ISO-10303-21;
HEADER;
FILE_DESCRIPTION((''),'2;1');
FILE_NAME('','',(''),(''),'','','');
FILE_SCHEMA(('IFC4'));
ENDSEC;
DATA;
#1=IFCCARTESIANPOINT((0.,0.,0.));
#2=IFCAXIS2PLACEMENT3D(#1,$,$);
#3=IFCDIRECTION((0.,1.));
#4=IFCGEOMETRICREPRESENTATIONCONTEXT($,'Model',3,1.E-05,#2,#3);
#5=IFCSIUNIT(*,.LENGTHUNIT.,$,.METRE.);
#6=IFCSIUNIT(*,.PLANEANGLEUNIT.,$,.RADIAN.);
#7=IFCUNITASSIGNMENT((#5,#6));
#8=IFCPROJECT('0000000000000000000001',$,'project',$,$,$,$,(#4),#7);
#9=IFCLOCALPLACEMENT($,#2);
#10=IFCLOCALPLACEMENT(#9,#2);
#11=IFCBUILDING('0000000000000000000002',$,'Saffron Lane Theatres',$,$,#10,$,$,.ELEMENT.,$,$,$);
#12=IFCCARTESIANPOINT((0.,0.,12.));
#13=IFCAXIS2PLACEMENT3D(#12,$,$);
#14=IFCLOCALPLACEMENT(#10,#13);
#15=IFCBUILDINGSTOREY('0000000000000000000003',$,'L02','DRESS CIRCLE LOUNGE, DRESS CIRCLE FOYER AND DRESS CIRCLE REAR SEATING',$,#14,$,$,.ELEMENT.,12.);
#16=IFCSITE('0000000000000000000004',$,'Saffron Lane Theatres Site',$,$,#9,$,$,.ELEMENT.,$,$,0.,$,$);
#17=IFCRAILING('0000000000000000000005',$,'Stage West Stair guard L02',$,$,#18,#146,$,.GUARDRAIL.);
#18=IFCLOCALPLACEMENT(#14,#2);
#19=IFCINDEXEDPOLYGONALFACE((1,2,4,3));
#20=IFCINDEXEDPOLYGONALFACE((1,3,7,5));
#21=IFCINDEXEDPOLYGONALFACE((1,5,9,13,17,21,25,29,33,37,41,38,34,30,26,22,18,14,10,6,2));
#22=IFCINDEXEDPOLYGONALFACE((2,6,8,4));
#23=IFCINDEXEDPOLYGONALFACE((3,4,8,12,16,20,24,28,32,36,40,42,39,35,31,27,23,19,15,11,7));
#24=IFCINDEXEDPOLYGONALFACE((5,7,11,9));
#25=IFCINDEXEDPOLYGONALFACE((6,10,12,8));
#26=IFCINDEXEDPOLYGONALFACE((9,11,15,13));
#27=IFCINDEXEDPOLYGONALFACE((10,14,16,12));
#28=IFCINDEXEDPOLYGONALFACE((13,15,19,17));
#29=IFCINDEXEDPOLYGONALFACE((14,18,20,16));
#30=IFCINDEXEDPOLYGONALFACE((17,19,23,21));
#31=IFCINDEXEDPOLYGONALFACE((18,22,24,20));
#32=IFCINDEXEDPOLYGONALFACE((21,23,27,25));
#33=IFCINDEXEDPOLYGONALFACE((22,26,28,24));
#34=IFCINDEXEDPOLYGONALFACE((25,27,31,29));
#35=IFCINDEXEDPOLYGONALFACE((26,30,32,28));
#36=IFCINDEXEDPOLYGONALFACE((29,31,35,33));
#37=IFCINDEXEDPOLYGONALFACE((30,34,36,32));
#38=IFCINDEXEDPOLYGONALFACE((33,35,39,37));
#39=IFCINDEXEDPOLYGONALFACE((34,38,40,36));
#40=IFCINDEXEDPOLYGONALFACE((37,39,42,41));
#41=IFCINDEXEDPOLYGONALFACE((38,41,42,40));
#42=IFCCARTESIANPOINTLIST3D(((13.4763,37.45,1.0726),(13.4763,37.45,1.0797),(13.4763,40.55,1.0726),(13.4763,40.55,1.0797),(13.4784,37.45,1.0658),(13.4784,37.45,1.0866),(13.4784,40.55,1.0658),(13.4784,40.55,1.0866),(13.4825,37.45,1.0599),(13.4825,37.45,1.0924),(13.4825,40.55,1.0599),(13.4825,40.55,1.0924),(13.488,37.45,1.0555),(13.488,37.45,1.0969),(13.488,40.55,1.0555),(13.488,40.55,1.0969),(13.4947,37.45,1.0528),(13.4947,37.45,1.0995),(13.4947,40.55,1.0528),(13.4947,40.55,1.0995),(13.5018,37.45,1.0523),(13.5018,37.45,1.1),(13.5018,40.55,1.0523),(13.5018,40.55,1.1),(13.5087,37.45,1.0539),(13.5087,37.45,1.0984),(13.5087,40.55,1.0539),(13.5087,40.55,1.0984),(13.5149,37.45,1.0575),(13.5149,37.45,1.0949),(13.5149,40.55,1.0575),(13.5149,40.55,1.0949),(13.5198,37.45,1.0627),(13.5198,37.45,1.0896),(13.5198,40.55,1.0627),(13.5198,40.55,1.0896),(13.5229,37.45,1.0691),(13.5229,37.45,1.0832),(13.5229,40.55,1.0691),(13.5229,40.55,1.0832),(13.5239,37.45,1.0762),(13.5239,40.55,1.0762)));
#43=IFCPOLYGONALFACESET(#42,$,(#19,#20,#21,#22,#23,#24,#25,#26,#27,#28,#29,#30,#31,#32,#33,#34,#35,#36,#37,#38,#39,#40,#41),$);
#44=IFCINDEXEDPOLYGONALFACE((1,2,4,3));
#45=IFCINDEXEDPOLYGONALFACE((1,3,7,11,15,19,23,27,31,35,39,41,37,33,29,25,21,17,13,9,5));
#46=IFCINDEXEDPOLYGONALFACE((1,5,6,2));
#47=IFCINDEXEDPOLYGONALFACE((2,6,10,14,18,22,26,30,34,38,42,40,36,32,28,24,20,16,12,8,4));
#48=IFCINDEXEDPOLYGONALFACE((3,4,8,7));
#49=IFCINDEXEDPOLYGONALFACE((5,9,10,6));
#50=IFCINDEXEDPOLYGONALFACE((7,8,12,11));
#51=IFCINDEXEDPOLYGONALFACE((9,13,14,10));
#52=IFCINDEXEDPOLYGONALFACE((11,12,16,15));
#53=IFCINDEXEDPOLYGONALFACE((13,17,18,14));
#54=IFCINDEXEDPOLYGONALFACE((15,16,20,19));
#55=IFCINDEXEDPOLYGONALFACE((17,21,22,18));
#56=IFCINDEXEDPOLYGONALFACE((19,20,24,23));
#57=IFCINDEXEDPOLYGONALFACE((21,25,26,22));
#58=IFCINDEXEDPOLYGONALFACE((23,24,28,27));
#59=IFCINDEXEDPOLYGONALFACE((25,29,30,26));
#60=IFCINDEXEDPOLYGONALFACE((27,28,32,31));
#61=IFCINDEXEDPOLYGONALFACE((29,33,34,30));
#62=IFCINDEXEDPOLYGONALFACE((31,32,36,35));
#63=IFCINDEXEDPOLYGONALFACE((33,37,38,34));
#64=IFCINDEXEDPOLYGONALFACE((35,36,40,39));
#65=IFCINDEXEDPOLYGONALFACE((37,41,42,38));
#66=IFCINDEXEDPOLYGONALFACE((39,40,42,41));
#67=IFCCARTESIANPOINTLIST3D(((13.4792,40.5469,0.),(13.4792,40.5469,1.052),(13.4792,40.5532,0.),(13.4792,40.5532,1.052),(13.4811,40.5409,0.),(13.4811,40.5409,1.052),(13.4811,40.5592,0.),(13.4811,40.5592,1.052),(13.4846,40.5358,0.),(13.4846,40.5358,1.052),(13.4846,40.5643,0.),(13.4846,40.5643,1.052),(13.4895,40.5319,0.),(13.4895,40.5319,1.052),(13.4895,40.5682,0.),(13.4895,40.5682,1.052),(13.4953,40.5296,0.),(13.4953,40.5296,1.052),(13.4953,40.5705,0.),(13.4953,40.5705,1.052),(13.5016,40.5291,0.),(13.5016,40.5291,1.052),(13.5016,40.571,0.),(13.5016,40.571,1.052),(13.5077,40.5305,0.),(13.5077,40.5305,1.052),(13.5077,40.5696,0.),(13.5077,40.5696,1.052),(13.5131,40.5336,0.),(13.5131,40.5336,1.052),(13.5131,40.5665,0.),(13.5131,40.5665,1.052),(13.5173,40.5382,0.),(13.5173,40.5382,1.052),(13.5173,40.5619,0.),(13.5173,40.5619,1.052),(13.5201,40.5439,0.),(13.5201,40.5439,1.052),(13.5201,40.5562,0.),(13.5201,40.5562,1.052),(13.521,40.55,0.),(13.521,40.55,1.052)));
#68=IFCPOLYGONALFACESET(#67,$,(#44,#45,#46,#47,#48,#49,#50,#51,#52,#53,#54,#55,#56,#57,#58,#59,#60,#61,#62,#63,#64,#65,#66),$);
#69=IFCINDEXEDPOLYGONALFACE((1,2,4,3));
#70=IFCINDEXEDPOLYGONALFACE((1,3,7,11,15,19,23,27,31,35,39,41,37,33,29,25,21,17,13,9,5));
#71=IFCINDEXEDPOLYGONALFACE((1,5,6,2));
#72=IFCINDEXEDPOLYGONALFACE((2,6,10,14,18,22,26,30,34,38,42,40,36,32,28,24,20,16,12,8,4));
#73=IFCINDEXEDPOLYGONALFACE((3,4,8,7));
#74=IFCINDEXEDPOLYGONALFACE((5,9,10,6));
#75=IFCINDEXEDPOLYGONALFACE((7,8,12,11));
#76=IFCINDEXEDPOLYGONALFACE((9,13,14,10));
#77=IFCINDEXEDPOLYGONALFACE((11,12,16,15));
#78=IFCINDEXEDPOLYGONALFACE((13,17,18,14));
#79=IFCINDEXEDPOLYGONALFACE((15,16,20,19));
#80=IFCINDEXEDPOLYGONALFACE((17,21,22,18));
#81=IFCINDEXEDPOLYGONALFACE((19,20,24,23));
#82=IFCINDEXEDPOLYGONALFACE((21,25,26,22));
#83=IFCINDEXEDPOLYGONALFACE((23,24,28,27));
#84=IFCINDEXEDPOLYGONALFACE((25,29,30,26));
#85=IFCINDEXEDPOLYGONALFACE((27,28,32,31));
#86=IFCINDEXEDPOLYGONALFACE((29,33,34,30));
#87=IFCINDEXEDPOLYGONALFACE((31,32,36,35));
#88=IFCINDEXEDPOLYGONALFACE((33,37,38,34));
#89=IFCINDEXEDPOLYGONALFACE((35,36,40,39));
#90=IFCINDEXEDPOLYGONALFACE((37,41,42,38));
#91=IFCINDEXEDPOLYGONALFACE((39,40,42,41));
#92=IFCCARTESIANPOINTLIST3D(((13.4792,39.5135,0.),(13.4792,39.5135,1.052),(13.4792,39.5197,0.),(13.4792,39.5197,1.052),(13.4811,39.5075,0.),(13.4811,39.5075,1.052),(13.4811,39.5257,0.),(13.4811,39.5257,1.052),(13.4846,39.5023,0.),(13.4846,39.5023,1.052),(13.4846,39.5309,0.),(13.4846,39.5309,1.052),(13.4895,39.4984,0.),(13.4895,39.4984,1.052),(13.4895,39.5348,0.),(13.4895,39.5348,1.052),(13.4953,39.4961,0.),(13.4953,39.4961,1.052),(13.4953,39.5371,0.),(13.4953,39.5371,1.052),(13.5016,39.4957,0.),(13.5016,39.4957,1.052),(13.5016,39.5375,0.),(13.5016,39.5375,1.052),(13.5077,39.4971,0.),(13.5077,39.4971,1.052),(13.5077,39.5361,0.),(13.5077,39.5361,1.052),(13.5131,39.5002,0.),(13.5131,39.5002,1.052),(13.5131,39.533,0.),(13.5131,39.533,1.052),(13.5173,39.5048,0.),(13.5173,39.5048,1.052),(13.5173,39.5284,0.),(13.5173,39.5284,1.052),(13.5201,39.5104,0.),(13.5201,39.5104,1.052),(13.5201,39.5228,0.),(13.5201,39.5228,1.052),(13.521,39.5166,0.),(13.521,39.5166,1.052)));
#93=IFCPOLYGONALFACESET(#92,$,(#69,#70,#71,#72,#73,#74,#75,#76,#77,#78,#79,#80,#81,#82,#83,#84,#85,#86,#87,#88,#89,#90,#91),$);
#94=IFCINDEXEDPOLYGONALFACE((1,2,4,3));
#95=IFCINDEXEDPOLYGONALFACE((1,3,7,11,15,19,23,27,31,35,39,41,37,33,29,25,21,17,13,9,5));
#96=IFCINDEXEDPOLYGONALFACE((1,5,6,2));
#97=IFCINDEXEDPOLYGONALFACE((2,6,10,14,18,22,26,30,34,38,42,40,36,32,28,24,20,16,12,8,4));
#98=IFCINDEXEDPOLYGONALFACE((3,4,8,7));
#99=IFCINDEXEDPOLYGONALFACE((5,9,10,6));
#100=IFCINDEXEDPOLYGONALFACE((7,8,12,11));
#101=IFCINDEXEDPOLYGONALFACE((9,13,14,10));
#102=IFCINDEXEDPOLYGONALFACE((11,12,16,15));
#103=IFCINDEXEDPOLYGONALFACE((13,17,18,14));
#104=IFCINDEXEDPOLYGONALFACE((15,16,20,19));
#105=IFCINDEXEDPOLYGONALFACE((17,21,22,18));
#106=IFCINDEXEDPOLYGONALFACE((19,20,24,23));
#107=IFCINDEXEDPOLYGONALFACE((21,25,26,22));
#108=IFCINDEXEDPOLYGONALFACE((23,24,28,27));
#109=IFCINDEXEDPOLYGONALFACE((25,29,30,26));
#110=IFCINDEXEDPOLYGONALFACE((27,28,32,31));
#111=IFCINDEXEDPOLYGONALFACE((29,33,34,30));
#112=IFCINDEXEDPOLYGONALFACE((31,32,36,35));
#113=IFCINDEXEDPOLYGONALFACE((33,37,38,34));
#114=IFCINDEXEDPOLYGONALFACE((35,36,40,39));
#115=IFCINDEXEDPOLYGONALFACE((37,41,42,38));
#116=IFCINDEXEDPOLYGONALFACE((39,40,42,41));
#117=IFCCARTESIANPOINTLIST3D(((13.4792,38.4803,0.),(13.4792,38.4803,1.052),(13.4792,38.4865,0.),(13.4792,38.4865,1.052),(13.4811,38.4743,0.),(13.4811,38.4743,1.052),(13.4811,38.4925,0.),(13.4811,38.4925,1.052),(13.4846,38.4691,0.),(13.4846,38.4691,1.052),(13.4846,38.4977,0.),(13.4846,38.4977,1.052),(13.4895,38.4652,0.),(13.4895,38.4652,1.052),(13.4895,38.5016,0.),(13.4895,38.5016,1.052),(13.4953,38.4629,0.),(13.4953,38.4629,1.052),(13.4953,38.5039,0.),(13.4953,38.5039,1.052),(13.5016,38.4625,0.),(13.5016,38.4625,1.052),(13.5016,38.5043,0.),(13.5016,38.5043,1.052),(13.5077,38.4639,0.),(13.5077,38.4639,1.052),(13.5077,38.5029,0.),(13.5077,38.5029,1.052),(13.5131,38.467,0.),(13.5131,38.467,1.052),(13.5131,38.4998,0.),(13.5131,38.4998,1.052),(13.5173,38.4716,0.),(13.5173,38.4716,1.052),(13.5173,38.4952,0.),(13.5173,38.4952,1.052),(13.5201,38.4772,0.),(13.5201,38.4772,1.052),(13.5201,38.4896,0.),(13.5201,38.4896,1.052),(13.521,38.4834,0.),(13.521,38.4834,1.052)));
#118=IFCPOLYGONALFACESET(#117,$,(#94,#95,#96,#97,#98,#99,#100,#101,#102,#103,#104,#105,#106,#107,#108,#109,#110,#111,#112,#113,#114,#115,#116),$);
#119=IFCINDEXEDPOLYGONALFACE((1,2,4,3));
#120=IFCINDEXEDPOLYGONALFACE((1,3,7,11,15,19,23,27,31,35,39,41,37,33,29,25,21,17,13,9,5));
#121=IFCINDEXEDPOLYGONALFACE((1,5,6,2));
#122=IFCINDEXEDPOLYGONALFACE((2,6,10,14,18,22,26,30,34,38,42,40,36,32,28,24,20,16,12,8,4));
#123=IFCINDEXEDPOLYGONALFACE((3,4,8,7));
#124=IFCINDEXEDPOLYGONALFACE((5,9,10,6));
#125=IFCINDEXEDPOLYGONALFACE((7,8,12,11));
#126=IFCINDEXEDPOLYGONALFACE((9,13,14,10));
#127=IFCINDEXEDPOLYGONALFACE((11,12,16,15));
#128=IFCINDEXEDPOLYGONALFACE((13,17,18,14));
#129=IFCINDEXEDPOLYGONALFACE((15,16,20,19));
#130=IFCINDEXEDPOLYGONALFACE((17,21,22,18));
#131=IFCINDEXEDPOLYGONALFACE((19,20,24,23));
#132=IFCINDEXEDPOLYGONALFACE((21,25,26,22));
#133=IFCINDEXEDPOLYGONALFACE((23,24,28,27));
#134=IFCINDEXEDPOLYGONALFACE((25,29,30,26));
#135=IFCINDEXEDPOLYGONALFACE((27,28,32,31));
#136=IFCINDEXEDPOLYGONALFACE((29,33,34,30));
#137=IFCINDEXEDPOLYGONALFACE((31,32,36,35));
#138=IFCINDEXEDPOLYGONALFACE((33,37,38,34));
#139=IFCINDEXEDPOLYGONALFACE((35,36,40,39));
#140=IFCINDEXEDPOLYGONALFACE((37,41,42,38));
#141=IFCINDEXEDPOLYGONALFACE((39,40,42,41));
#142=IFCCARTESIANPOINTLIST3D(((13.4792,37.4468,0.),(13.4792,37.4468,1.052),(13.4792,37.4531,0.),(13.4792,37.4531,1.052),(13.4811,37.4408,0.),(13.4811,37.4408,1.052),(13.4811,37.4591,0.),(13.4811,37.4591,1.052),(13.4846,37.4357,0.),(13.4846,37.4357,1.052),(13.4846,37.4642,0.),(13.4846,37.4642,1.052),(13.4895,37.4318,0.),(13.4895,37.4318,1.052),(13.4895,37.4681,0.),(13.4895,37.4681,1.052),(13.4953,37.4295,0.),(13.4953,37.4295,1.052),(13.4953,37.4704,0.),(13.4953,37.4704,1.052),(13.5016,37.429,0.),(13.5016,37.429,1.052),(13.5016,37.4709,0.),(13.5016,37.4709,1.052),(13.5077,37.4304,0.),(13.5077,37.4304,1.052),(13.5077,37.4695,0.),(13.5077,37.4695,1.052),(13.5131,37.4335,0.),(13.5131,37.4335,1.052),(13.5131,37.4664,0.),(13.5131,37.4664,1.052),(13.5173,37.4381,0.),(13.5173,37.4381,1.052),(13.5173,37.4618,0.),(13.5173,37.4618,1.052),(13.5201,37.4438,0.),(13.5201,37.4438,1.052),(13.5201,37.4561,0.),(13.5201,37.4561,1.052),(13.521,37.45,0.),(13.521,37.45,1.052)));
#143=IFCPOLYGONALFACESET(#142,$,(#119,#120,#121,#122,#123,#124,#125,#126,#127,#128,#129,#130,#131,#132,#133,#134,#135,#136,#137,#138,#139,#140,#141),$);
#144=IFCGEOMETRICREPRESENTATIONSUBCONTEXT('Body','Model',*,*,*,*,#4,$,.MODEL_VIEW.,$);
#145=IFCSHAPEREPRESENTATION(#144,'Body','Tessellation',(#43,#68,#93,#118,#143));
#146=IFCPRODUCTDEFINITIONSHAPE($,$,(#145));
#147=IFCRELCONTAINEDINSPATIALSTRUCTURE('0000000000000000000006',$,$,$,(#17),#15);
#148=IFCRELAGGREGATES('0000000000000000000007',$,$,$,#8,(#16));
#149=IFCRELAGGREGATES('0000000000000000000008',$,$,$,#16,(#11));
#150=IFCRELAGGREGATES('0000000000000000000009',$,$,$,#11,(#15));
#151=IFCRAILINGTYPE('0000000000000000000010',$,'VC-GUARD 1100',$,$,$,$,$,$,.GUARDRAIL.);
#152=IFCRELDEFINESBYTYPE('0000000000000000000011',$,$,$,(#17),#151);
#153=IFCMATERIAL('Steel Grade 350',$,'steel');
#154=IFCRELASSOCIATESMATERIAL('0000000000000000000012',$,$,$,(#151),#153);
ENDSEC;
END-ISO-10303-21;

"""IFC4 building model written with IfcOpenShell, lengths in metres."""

from ifc_helpers import new_model, si_unit, direction, frame, origin, origin_2d, place, context, subcontext, project, spatial, circle, extrude, material, type_object, element, save


model = new_model("IFC4")

# Units and contexts
model_context = context("Model", 3, precision=1e-05, world=origin(), true_north=direction((0.0, 1.0)))
body_context = subcontext(model_context, "Body", "Model", "MODEL_VIEW")
ifc_project = project(units=[si_unit("LENGTHUNIT", "METRE"), si_unit("PLANEANGLEUNIT", "RADIAN")], contexts=[model_context])

# Site, building, storey
site_placement = place(None, origin())
site = spatial("IfcSite", under=ifc_project, at=site_placement, Name="Saffron Lane Theatres Site", CompositionType="ELEMENT", RefElevation=0.0)
building_placement = place(site_placement, origin())
building = spatial("IfcBuilding", under=site, at=building_placement, Name="Saffron Lane Theatres", CompositionType="ELEMENT")
storey_placement = place(building_placement, frame((0.0, 0.0, 12.0)))
storey = spatial("IfcBuildingStorey", under=building, at=storey_placement, Name="L02", Description="DRESS CIRCLE LOUNGE, DRESS CIRCLE FOYER AND DRESS CIRCLE REAR SEATING", CompositionType="ELEMENT", Elevation=12.0)

# Railing
ifc_material_1 = material(Name="Steel Grade 350", Category="steel")
railing_type_1 = type_object("IfcRailingType", Name="VC-GUARD 1100", PredefinedType="GUARDRAIL", material=ifc_material_1)
railing_1_placement = place(storey_placement, frame((13.5, 40.55, 0.0)))
element("IfcRailing", 1, at=railing_1_placement, inside=storey, type_object=railing_type_1, Name="Stage West Stair guard L02", PredefinedType="GUARDRAIL", context=body_context, shape_type="SweptSolid", body=[
    extrude(circle(Radius=0.0239, at=origin_2d()), frame((0.0, 0.0, 1.0762), z_axis=(0.0, -1.0, 0.0), x_axis=(1.0, 0.0, 0.0)), (0.0, 0.0, 1.0), 3.1001),
    extrude(circle(Radius=0.021, at=origin_2d()), origin(), (0.0, 0.0, 1.0), 1.052),
    extrude(circle(Radius=0.021, at=origin_2d()), frame((0.0, -1.0334, 0.0)), (0.0, 0.0, 1.0), 1.052),
    extrude(circle(Radius=0.021, at=origin_2d()), frame((0.0, -2.0667, 0.0)), (0.0, 0.0, 1.0), 1.052),
    extrude(circle(Radius=0.021, at=origin_2d()), frame((0.0, -3.1001, 0.0)), (0.0, 0.0, 1.0), 1.052),
])

save(model, "model.ifc")
